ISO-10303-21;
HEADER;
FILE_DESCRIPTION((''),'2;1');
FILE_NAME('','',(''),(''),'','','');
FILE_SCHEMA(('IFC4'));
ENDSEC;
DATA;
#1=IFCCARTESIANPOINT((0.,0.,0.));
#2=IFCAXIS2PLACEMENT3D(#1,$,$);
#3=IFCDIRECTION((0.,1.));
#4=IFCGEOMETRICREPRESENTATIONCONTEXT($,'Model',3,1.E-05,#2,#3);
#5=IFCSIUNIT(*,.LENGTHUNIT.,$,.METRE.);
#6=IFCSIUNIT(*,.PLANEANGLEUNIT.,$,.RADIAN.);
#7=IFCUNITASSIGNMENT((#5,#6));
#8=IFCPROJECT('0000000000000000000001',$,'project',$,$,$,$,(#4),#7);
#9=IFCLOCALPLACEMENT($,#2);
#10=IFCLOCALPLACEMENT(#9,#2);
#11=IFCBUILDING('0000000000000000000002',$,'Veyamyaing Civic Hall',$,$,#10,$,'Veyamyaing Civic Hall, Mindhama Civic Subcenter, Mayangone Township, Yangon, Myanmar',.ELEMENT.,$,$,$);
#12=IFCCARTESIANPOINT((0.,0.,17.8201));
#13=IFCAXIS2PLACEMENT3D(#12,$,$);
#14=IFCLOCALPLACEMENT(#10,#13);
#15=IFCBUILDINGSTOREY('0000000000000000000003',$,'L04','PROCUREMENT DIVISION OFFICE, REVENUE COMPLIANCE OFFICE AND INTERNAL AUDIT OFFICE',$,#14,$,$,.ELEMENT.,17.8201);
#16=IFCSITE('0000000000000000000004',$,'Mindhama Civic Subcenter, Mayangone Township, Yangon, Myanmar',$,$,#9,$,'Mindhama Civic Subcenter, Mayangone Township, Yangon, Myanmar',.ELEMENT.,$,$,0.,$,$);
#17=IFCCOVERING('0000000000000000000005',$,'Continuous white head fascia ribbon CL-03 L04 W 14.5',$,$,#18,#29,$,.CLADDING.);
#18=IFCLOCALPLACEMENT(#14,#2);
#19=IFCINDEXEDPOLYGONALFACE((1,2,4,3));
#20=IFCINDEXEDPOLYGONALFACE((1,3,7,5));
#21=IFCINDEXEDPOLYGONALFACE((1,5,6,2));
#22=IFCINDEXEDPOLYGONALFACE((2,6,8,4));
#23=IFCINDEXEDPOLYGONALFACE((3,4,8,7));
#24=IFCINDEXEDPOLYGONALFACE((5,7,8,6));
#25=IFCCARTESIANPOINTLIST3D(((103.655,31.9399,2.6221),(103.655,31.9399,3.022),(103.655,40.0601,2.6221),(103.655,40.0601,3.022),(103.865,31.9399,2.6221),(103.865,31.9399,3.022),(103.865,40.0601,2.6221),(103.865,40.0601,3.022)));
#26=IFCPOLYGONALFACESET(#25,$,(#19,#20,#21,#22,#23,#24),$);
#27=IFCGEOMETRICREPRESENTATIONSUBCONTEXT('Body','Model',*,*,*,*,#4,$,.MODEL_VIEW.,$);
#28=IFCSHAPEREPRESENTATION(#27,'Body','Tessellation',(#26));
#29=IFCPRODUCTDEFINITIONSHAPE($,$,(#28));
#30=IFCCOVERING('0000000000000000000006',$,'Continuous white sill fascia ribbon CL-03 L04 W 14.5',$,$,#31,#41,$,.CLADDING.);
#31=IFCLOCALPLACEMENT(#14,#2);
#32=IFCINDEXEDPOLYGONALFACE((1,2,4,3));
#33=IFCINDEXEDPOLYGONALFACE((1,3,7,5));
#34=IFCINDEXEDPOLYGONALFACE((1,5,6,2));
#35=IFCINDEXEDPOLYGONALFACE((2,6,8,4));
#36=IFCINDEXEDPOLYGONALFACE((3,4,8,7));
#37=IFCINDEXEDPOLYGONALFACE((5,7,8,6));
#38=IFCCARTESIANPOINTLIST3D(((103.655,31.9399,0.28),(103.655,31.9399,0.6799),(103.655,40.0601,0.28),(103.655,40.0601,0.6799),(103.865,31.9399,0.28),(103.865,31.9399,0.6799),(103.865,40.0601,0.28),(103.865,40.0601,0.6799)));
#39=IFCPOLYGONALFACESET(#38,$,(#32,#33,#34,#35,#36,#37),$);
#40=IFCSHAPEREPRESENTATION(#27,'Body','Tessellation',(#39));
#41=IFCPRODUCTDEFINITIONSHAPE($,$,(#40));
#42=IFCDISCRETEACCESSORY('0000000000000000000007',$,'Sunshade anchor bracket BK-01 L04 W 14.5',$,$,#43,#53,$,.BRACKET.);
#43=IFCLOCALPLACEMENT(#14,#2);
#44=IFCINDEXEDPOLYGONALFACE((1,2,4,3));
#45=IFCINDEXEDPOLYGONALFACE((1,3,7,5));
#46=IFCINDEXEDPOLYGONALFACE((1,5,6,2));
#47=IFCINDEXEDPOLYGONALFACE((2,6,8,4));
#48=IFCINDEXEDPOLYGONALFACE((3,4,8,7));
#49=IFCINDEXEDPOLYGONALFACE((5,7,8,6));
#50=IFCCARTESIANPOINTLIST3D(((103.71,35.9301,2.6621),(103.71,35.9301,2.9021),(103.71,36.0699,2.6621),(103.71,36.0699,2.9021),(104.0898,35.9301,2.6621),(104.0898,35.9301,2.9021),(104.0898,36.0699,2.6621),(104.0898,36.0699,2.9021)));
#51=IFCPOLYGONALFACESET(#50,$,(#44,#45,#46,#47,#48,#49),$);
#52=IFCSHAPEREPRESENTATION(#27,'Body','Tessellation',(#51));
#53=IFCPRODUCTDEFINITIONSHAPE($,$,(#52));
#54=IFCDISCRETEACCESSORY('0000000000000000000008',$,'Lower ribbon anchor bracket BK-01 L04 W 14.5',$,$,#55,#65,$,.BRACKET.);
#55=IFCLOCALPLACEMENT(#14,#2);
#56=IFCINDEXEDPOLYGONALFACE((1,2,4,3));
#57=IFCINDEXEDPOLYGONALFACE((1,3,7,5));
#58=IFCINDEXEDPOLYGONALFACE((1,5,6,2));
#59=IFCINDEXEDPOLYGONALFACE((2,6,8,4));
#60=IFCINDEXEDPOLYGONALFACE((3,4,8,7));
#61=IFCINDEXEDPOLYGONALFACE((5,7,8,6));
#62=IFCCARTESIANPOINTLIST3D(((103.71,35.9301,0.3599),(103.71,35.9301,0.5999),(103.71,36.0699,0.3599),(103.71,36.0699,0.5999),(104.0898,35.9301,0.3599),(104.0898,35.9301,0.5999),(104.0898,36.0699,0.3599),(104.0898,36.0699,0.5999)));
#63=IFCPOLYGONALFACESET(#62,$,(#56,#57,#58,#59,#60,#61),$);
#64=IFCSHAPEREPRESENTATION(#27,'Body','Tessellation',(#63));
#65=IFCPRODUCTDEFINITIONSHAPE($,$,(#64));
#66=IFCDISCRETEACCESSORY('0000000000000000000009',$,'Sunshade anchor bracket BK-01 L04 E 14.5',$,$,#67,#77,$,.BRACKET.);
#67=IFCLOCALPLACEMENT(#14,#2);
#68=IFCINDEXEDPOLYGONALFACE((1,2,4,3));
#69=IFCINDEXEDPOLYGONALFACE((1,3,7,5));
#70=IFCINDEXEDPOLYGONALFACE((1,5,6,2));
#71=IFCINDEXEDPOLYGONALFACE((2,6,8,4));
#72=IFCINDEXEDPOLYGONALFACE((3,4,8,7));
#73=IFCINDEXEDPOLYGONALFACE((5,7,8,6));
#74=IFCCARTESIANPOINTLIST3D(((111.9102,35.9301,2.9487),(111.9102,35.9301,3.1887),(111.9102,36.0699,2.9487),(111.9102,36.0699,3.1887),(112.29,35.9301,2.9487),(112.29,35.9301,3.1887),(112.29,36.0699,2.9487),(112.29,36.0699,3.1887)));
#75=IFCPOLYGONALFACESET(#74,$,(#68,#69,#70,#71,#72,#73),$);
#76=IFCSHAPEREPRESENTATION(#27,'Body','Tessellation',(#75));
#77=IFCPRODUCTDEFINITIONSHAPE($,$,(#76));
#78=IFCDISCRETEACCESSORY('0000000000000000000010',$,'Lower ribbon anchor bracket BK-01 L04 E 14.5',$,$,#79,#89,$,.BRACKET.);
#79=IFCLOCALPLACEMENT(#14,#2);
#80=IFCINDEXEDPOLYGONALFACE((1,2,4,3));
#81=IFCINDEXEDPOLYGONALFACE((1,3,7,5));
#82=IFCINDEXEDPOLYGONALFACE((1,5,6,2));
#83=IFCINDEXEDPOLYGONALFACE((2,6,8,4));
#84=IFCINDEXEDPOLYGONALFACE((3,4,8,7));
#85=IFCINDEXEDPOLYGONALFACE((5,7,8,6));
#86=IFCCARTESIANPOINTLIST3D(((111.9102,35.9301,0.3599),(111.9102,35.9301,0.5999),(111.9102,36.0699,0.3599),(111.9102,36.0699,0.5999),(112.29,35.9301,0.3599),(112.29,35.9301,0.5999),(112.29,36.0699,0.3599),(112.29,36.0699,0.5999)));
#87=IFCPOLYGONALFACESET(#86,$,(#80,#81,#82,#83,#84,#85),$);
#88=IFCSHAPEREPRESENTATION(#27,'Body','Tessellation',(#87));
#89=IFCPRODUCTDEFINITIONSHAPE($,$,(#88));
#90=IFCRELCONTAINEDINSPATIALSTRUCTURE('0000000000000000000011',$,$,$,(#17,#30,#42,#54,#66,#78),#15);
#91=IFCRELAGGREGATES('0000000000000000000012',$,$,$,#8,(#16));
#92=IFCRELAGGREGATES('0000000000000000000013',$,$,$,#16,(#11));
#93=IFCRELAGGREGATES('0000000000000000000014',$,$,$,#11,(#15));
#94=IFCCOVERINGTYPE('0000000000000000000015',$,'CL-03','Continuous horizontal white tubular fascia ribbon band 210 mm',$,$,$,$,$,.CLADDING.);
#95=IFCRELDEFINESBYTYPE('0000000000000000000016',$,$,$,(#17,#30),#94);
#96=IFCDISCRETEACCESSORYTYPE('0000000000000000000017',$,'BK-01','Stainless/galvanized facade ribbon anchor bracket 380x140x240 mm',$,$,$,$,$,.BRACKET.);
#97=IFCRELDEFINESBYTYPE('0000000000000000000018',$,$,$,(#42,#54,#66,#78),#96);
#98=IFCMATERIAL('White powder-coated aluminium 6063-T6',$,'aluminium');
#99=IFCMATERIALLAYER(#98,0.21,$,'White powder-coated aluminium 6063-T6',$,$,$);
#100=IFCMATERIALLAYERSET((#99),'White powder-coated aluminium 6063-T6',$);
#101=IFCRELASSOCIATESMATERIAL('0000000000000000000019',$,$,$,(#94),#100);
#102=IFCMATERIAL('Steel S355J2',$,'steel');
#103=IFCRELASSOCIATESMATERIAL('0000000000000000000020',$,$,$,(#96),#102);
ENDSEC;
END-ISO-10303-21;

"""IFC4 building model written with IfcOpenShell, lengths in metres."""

from ifc_helpers import new_model, si_unit, direction, frame, origin, origin_2d, place, context, subcontext, project, spatial, rectangle, extrude, material, layer, layer_set, type_object, element, save


model = new_model("IFC4")

# Units and contexts
model_context = context("Model", 3, precision=1e-05, world=origin(), true_north=direction((0.0, 1.0)))
body_context = subcontext(model_context, "Body", "Model", "MODEL_VIEW")
ifc_project = project(units=[si_unit("LENGTHUNIT", "METRE"), si_unit("PLANEANGLEUNIT", "RADIAN")], contexts=[model_context])

# Site, building, storey
site_placement = place(None, origin())
site = spatial("IfcSite", under=ifc_project, at=site_placement, Name="Mindhama Civic Subcenter, Mayangone Township, Yangon, Myanmar", LongName="Mindhama Civic Subcenter, Mayangone Township, Yangon, Myanmar", CompositionType="ELEMENT", RefElevation=0.0)
building_placement = place(site_placement, origin())
building = spatial("IfcBuilding", under=site, at=building_placement, Name="Veyamyaing Civic Hall", LongName="Veyamyaing Civic Hall, Mindhama Civic Subcenter, Mayangone Township, Yangon, Myanmar", CompositionType="ELEMENT")
storey_placement = place(building_placement, frame((0.0, 0.0, 17.8201)))
storey = spatial("IfcBuildingStorey", under=building, at=storey_placement, Name="L04", Description="PROCUREMENT DIVISION OFFICE, REVENUE COMPLIANCE OFFICE AND INTERNAL AUDIT OFFICE", CompositionType="ELEMENT", Elevation=17.8201)

# Shared definitions
ifc_material_1 = material(Name="Steel S355J2", Category="steel")

# Coverings
ifc_material_2 = material(Name="White powder-coated aluminium 6063-T6", Category="aluminium")
ifc_layer_1 = layer(ifc_material_2, 0.21, Name="White powder-coated aluminium 6063-T6")
ifc_layer_set_1 = layer_set([ifc_layer_1], Name="White powder-coated aluminium 6063-T6")
covering_type_1 = type_object("IfcCoveringType", Name="CL-03", Description="Continuous horizontal white tubular fascia ribbon band 210 mm", PredefinedType="CLADDING", material=ifc_layer_set_1)
for number, where, z_axis, x_axis, name in (
    (1, (103.76, 36.0, 2.6221), (0.0, 0.0, 1.0), (0.0, 1.0, 0.0), "Continuous white head fascia ribbon CL-03 L04 W 14.5"),
    (2, (103.76, 36.0, 0.28), (0.0, 0.0, 1.0), (0.0, 1.0, 0.0), "Continuous white sill fascia ribbon CL-03 L04 W 14.5"),
):
    element("IfcCovering", number, at=place(storey_placement, frame(where, z_axis=z_axis, x_axis=x_axis)), inside=storey, type_object=covering_type_1, Name=name, PredefinedType="CLADDING", context=body_context, shape_type="SweptSolid", body=[
        extrude(rectangle(XDim=8.1201, YDim=0.21, at=origin_2d()), origin(), (0.0, 0.0, 1.0), 0.3999),
    ])

# Discrete accessories
discrete_accessory_type = type_object("IfcDiscreteAccessoryType", Name="BK-01", Description="Stainless/galvanized facade ribbon anchor bracket 380x140x240 mm", PredefinedType="BRACKET", material=ifc_material_1)
for number, where, z_axis, x_axis, name in (
    (3, (103.8999, 36.0, 2.6621), (0.0, 0.0, 1.0), (-1.0, 0.0, 0.0), "Sunshade anchor bracket BK-01 L04 W 14.5"),
    (4, (103.8999, 36.0, 0.3599), (0.0, 0.0, 1.0), (-1.0, 0.0, 0.0), "Lower ribbon anchor bracket BK-01 L04 W 14.5"),
    (5, (112.1001, 36.0, 2.9487), (0.0, 0.0, 1.0), (1.0, 0.0, 0.0), "Sunshade anchor bracket BK-01 L04 E 14.5"),
    (6, (112.1001, 36.0, 0.3599), (0.0, 0.0, 1.0), (1.0, 0.0, 0.0), "Lower ribbon anchor bracket BK-01 L04 E 14.5"),
):
    element("IfcDiscreteAccessory", number, at=place(storey_placement, frame(where, z_axis=z_axis, x_axis=x_axis)), inside=storey, type_object=discrete_accessory_type, Name=name, PredefinedType="BRACKET", context=body_context, shape_type="SweptSolid", body=[
        extrude(rectangle(XDim=0.3799, YDim=0.1399, at=origin_2d()), origin(), (0.0, 0.0, 1.0), 0.24),
    ])

save(model, "model.ifc")
